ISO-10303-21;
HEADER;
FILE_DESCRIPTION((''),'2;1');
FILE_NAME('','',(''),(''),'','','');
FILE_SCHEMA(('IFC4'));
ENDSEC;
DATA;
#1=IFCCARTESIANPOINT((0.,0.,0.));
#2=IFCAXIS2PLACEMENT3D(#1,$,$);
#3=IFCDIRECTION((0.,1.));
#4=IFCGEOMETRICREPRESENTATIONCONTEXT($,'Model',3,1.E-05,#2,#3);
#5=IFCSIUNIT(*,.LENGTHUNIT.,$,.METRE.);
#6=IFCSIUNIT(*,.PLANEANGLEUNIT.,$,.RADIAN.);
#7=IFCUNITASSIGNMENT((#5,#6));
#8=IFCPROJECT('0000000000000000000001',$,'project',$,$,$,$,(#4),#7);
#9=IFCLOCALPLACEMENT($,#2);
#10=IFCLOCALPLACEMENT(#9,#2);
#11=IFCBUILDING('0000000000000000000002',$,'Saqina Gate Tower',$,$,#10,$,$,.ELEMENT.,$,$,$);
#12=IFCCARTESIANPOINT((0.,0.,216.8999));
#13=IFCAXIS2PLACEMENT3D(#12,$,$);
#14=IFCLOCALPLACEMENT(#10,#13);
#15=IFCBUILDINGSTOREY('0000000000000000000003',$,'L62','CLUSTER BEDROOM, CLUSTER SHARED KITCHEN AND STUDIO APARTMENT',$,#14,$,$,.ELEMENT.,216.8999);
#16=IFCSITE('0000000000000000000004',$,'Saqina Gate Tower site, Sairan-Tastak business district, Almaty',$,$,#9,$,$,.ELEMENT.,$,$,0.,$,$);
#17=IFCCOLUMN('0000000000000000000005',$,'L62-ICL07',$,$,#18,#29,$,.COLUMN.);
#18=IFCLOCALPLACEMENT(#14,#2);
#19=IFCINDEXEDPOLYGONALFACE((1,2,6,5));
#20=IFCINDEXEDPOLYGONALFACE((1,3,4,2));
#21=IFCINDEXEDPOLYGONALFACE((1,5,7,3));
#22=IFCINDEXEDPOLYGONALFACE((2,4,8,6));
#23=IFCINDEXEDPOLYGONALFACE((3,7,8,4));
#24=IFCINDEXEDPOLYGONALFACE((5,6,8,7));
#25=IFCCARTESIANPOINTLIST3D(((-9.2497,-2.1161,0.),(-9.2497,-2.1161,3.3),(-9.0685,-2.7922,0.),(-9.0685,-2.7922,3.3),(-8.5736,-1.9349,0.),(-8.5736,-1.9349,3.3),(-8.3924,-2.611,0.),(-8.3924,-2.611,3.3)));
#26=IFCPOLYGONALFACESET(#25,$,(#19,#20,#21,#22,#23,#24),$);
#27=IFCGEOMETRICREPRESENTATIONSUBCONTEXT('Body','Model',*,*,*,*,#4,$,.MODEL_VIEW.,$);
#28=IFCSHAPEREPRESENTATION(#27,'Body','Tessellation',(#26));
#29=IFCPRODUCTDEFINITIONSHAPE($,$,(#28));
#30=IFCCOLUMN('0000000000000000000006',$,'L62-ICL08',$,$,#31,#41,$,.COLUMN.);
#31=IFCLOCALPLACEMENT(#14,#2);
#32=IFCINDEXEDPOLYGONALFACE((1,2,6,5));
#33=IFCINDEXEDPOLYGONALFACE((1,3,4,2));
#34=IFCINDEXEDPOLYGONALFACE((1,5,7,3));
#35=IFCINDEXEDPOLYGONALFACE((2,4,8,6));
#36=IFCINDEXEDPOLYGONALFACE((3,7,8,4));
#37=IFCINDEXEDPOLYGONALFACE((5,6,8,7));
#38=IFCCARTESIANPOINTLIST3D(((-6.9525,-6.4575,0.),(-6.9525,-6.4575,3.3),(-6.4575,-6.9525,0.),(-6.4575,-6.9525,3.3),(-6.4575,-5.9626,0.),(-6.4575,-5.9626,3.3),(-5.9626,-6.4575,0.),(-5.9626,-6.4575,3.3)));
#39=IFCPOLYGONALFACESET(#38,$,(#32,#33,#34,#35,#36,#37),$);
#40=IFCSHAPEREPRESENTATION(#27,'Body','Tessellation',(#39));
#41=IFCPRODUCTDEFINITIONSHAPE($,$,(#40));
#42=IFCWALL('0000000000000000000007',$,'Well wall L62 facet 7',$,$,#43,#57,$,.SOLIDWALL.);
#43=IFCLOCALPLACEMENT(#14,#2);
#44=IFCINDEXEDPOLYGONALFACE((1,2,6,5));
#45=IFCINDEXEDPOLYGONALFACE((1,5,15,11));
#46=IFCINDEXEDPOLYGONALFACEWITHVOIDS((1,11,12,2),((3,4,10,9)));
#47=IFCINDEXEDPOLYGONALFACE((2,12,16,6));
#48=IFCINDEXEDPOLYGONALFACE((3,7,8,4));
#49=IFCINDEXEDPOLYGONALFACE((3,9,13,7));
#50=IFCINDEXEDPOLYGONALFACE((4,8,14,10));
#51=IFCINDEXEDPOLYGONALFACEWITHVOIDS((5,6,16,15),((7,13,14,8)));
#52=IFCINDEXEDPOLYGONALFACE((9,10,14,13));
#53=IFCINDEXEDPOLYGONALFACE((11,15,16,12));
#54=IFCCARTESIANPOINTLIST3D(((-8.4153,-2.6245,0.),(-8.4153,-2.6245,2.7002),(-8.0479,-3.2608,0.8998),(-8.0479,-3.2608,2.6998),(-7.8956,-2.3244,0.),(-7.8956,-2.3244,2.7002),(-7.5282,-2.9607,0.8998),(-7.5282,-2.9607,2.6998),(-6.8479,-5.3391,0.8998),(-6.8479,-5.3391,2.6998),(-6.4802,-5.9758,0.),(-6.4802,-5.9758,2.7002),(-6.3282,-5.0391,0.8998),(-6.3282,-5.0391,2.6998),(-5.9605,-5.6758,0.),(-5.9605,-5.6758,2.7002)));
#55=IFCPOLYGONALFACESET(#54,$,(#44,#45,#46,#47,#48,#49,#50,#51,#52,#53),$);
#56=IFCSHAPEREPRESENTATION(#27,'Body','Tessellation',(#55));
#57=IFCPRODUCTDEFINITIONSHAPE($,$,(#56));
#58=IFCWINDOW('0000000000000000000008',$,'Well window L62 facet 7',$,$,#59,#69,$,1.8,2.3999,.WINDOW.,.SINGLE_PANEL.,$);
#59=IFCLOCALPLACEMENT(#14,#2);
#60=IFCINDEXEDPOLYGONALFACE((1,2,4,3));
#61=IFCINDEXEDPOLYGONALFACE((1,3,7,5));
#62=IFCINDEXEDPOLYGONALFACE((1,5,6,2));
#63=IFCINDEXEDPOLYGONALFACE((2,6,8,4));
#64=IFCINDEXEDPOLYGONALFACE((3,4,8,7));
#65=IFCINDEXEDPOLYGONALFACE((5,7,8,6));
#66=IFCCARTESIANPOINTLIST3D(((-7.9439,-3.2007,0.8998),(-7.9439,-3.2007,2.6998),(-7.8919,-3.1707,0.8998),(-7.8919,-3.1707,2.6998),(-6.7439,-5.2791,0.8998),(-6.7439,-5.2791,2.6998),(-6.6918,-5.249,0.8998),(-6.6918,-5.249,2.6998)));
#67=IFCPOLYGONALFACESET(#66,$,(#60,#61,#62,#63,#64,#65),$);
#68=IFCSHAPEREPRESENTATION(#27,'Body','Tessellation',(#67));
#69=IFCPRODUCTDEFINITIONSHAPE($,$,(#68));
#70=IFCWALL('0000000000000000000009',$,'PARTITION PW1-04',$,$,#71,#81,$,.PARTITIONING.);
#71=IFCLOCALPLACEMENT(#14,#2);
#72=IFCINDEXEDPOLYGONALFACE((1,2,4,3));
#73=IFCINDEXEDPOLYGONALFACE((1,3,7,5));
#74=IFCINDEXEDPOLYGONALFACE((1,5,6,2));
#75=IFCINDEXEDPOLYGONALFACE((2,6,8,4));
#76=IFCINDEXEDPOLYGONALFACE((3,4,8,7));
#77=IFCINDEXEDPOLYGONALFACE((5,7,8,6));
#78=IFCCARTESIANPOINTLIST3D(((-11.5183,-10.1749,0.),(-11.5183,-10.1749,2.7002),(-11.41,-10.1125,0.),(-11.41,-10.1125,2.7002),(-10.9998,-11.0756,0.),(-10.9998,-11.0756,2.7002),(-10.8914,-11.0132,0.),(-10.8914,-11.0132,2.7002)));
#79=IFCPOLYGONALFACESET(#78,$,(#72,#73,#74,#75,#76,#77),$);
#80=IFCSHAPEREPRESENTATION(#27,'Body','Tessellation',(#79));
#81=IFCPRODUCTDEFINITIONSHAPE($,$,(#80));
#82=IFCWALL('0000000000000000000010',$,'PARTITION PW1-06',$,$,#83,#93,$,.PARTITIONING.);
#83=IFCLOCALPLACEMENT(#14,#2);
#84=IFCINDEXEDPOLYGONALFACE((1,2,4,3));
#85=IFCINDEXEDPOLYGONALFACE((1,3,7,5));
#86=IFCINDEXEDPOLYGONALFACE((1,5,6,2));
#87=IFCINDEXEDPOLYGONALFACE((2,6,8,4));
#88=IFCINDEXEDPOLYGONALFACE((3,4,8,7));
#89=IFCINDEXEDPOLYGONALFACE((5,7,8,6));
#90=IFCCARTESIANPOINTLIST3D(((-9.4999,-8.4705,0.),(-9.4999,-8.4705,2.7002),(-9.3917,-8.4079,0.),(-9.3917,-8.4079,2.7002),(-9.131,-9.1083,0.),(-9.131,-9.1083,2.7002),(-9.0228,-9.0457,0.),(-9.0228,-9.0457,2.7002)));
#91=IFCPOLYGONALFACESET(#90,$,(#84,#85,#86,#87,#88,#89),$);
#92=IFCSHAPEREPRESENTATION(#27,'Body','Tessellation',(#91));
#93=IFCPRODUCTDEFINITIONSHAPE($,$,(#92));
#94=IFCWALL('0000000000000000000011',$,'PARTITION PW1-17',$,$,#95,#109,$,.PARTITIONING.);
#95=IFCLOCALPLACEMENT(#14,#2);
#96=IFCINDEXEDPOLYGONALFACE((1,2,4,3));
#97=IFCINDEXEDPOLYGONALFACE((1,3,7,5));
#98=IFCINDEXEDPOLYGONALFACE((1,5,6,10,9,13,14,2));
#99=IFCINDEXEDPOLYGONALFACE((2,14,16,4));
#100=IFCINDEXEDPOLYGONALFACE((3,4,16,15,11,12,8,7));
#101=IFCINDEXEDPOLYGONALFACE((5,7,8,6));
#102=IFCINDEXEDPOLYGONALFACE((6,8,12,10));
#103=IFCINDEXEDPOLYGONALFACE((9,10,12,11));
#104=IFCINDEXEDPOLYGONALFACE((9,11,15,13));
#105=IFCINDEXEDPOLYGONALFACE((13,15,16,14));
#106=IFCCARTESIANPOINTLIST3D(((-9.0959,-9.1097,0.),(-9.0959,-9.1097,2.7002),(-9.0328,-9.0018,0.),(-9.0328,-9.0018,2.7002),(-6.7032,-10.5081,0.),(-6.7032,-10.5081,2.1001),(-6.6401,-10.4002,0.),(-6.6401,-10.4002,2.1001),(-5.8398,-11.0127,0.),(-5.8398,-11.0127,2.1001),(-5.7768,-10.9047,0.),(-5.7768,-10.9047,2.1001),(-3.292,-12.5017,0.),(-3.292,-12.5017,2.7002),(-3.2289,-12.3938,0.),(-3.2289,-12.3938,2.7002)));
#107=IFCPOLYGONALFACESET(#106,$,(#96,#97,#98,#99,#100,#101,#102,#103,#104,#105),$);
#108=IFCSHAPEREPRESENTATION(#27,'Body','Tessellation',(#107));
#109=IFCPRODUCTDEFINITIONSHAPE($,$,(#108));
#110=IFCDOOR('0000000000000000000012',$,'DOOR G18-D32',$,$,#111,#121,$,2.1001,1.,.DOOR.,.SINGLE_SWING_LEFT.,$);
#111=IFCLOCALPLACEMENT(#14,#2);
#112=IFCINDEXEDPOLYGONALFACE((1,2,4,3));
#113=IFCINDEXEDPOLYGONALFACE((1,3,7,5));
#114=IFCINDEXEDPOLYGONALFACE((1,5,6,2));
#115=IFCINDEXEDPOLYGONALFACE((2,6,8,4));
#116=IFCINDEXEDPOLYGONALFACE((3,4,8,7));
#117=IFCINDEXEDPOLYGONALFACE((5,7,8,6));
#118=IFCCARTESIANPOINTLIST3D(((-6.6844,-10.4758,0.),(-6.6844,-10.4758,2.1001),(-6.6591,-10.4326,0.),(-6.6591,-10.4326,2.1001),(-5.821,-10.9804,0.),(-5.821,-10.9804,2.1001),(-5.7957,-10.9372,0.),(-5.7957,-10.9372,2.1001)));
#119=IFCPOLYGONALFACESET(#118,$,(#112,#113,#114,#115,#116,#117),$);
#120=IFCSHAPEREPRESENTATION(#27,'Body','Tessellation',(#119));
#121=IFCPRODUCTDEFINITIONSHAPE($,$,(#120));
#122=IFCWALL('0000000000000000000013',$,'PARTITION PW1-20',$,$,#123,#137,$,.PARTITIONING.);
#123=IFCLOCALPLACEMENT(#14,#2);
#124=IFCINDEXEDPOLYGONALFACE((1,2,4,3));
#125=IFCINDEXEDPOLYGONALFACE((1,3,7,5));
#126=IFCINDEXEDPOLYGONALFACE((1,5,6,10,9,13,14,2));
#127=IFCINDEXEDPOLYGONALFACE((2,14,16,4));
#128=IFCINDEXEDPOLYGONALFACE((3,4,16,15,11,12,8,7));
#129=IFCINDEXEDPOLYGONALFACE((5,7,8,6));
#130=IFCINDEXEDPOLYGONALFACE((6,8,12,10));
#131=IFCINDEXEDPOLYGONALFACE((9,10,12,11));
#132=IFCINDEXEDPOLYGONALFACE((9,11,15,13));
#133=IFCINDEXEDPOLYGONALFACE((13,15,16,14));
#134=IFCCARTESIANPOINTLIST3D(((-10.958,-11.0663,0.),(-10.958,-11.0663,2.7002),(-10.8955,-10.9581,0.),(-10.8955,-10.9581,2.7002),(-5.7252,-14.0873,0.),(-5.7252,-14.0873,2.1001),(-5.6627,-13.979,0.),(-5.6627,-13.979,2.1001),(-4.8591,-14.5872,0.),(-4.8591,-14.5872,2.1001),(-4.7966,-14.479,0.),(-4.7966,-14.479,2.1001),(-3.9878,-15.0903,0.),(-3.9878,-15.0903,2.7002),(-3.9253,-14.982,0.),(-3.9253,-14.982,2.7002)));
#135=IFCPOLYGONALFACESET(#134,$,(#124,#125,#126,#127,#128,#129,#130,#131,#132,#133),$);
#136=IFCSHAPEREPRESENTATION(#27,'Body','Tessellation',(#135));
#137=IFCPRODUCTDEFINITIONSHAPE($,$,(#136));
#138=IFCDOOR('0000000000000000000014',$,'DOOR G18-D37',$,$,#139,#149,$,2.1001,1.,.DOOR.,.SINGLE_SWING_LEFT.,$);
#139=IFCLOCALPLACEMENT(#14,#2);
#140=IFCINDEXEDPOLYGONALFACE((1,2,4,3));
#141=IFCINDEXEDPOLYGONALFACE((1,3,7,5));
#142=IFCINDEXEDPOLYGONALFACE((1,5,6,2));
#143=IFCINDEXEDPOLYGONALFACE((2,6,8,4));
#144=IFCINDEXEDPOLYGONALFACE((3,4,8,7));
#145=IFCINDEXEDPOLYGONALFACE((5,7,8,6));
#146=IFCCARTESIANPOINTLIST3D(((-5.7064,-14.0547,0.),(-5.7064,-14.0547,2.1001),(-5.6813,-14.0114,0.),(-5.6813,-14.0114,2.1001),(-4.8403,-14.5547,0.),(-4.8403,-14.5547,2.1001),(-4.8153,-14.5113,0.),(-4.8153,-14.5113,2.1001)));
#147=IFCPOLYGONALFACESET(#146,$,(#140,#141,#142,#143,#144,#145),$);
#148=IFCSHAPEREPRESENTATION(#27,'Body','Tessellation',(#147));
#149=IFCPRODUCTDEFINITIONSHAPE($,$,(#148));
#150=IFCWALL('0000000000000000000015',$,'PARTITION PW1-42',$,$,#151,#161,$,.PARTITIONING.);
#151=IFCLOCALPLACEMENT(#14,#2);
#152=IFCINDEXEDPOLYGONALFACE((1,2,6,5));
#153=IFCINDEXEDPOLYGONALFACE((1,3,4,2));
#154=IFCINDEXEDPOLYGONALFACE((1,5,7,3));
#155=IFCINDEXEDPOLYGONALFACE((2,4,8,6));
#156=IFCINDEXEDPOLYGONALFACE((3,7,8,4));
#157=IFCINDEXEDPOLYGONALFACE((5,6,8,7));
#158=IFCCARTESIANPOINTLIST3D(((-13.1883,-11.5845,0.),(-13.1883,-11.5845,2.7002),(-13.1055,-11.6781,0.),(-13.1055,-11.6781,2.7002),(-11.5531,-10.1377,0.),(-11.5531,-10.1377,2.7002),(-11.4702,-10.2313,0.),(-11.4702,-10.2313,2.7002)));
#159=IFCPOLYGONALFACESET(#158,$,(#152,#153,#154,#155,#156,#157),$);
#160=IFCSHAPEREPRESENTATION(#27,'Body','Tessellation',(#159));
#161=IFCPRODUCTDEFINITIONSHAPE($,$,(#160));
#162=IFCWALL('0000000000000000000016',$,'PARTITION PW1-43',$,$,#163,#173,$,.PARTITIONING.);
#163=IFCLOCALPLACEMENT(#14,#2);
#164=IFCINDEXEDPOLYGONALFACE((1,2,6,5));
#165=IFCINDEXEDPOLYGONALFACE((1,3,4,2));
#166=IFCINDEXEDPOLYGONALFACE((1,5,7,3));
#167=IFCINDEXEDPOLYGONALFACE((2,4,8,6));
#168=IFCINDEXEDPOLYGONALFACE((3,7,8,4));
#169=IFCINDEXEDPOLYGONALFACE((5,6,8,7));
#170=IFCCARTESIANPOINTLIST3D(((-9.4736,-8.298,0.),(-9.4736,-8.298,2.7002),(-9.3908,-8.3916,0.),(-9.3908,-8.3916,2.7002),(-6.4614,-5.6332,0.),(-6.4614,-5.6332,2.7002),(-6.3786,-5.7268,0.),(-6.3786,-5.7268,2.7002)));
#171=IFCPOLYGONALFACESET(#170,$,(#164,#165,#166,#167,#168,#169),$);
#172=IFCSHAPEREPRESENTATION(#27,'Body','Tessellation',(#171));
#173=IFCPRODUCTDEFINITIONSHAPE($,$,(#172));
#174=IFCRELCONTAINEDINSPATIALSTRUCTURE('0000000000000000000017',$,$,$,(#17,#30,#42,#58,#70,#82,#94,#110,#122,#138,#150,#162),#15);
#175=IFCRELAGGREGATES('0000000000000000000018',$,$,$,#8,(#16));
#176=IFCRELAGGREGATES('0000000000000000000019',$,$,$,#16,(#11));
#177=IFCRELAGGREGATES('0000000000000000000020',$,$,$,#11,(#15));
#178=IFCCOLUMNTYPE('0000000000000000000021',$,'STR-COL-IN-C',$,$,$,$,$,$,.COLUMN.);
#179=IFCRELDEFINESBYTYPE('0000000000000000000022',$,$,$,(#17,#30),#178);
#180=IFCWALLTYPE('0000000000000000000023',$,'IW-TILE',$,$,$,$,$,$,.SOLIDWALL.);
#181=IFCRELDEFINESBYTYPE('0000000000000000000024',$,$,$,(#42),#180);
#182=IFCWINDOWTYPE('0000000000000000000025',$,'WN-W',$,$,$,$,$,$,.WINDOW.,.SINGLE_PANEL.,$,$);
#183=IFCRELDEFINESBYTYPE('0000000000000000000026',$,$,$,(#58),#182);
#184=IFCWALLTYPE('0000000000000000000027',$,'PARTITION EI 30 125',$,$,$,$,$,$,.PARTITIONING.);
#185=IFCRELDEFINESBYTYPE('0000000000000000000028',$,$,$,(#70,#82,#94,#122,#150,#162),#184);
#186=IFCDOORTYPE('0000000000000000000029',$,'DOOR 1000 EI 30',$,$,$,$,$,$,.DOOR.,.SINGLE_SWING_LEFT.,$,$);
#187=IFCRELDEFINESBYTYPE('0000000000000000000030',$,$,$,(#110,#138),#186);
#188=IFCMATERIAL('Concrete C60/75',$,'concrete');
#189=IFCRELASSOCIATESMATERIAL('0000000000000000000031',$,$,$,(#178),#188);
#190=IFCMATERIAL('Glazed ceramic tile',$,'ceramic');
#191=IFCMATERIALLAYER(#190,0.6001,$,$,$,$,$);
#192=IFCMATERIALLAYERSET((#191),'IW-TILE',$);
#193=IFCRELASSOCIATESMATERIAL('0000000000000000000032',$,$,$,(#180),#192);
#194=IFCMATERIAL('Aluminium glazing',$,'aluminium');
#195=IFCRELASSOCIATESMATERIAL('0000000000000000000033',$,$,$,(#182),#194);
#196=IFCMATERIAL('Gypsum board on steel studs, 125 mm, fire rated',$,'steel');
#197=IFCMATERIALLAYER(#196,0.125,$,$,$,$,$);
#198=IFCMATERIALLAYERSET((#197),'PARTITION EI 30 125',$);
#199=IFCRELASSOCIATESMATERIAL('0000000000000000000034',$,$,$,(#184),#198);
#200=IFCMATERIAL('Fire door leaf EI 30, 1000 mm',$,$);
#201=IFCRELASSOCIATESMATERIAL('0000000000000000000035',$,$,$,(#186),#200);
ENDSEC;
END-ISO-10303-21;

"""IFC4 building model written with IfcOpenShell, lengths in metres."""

from ifc_helpers import new_model, si_unit, direction, frame, frame_2d, origin, origin_2d, place, context, subcontext, project, spatial, rectangle, extrude, material, layer, layer_set, material_profile, profile_set, type_object, element, fill, save


model = new_model("IFC4")

# Units and contexts
model_context = context("Model", 3, precision=1e-05, world=origin(), true_north=direction((0.0, 1.0)))
body_context = subcontext(model_context, "Body", "Model", "MODEL_VIEW")
ifc_project = project(units=[si_unit("LENGTHUNIT", "METRE"), si_unit("PLANEANGLEUNIT", "RADIAN")], contexts=[model_context])

# Site, building, storey
site_placement = place(None, origin())
site = spatial("IfcSite", under=ifc_project, at=site_placement, Name="Saqina Gate Tower site, Sairan-Tastak business district, Almaty", CompositionType="ELEMENT", RefElevation=0.0)
building_placement = place(site_placement, origin())
building = spatial("IfcBuilding", under=site, at=building_placement, Name="Saqina Gate Tower", CompositionType="ELEMENT")
storey_placement = place(building_placement, frame((0.0, 0.0, 216.8999)))
storey = spatial("IfcBuildingStorey", under=building, at=storey_placement, Name="L62", Description="CLUSTER BEDROOM, CLUSTER SHARED KITCHEN AND STUDIO APARTMENT", CompositionType="ELEMENT", Elevation=216.8999)

# Columns
ifc_material_1 = material(Name="Concrete C60/75", Category="concrete")
ifc_material_profile = material_profile(ifc_material_1, rectangle(XDim=0.7, YDim=0.7, at=origin_2d()), Name="RC 700x700")
ifc_profile_set = profile_set([ifc_material_profile], Name="Concrete C60/75")
column_type = type_object("IfcColumnType", Name="STR-COL-IN-C", PredefinedType="COLUMN", material=ifc_profile_set)
for number, where, z_axis, x_axis, name in (
    (1, (-8.821, -2.3635, 0.0), (0.0, 0.0, 1.0), (-0.965926, -0.258819, 0.0), "L62-ICL07"),
    (2, (-6.4575, -6.4575, 0.0), (0.0, 0.0, 1.0), (-0.707107, -0.707107, 0.0), "L62-ICL08"),
):
    element("IfcColumn", number, at=place(storey_placement, frame(where, z_axis=z_axis, x_axis=x_axis)), inside=storey, type_object=column_type, Name=name, PredefinedType="COLUMN", context=body_context, shape_type="SweptSolid", body=[
        extrude(rectangle(XDim=0.7, YDim=0.7, at=origin_2d()), origin(), (0.0, 0.0, 1.0), 3.3),
    ])

# Wall, opening, window
ifc_material_2 = material(Name="Glazed ceramic tile", Category="ceramic")
ifc_layer_1 = layer(ifc_material_2, 0.6001)
ifc_layer_set_1 = layer_set([ifc_layer_1], Name="IW-TILE")
wall_type_1 = type_object("IfcWallType", Name="IW-TILE", PredefinedType="SOLIDWALL", material=ifc_layer_set_1)
wall_1_placement = place(storey_placement, frame((-8.1555, -2.4744, 0.0), z_axis=(0.0, 0.0, 1.0), x_axis=(0.500034, -0.866006, 0.0)))
wall_1 = element("IfcWall", 3, at=wall_1_placement, inside=storey, type_object=wall_type_1, Name="Well wall L62 facet 7", PredefinedType="SOLIDWALL", context=body_context, shape_type="SweptSolid", body=[
    extrude(rectangle(XDim=3.8699, YDim=0.6001, at=frame_2d((1.9351, 0.0))), origin(), (0.0, 0.0, 1.0), 2.7002),
])
opening_1_placement = place(wall_1_placement, frame((0.7349, 0.0, 0.8999)))
opening_1 = element("IfcOpeningElement", 4, at=opening_1_placement, cuts=wall_1, PredefinedType="OPENING", context=body_context, shape_type="SweptSolid", body=[
    extrude(rectangle(XDim=2.3999, YDim=1.8, at=frame_2d((1.2, 0.8999))), frame((0.0, 0.312, 0.0), z_axis=(0.0, -1.0, 0.0), x_axis=(1.0, 0.0, 0.0)), (0.0, 0.0, 1.0), 0.624),
])
ifc_material_3 = material(Name="Aluminium glazing", Category="aluminium")
window_type = type_object("IfcWindowType", Name="WN-W", PartitioningType="SINGLE_PANEL", PredefinedType="WINDOW", material=ifc_material_3)
window_placement = place(opening_1_placement, origin())
window = element("IfcWindow", 5, at=window_placement, inside=storey, type_object=window_type, Name="Well window L62 facet 7", OverallHeight=1.8, OverallWidth=2.3999, PartitioningType="SINGLE_PANEL", PredefinedType="WINDOW", context=body_context, shape_type="SweptSolid", body=[
    extrude(rectangle(XDim=2.3999, YDim=1.8, at=frame_2d((1.2, 0.8999))), frame((0.0, -0.1199, 0.0), z_axis=(0.0, -1.0, 0.0), x_axis=(1.0, 0.0, 0.0)), (0.0, 0.0, 1.0), 0.0601),
])
fill(opening_1, window)

# Walls
ifc_material_4 = material(Name="Gypsum board on steel studs, 125 mm, fire rated", Category="steel")
ifc_layer_2 = layer(ifc_material_4, 0.125)
ifc_layer_set_2 = layer_set([ifc_layer_2], Name="PARTITION EI 30 125")
wall_type_2 = type_object("IfcWallType", Name="PARTITION EI 30 125", PredefinedType="PARTITIONING", material=ifc_layer_set_2)
wall_2_placement = place(storey_placement, frame((-11.4641, -10.1438, 0.0), z_axis=(0.0, 0.0, 1.0), x_axis=(0.49897, -0.866619, 0.0)))
element("IfcWall", 6, at=wall_2_placement, inside=storey, type_object=wall_type_2, Name="PARTITION PW1-04", PredefinedType="PARTITIONING", context=body_context, shape_type="SweptSolid", body=[
    extrude(rectangle(XDim=1.0393, YDim=0.125, at=frame_2d((0.5195, 0.0))), origin(), (0.0, 0.0, 1.0), 2.7002),
])
wall_3_placement = place(storey_placement, frame((-9.4458, -8.4392, 0.0), z_axis=(0.0, 0.0, 1.0), x_axis=(0.500736, -0.8656, 0.0)))
element("IfcWall", 7, at=wall_3_placement, inside=storey, type_object=wall_type_2, Name="PARTITION PW1-06", PredefinedType="PARTITIONING", context=body_context, shape_type="SweptSolid", body=[
    extrude(rectangle(XDim=0.7368, YDim=0.125, at=frame_2d((0.3684, 0.0))), origin(), (0.0, 0.0, 1.0), 2.7002),
])

# Walls, openings, doors
wall_4_placement = place(storey_placement, frame((-9.0645, -9.0557, 0.0), z_axis=(0.0, 0.0, 1.0), x_axis=(0.863361, -0.504587, 0.0)))
wall_4 = element("IfcWall", 8, at=wall_4_placement, inside=storey, type_object=wall_type_2, Name="PARTITION PW1-17", PredefinedType="PARTITIONING", context=body_context, shape_type="SweptSolid", body=[
    extrude(rectangle(XDim=6.7224, YDim=0.125, at=frame_2d((3.3613, 0.0))), origin(), (0.0, 0.0, 1.0), 2.7002),
])
opening_2_placement = place(wall_4_placement, frame((2.7715, 0.0, 0.0)))
opening_2 = element("IfcOpeningElement", 9, at=opening_2_placement, cuts=wall_4, PredefinedType="OPENING", context=body_context, shape_type="SweptSolid", body=[
    extrude(rectangle(XDim=1.0, YDim=2.1001, at=frame_2d((0.5, 1.05))), frame((0.0, 0.0745, 0.0), z_axis=(0.0, -1.0, 0.0), x_axis=(1.0, 0.0, 0.0)), (0.0, 0.0, 1.0), 0.1489),
])
ifc_material_5 = material(Name="Fire door leaf EI 30, 1000 mm")
door_type_1 = type_object("IfcDoorType", Name="DOOR 1000 EI 30", OperationType="SINGLE_SWING_LEFT", PredefinedType="DOOR", material=ifc_material_5)
door_1_placement = place(opening_2_placement, origin())
door_1 = element("IfcDoor", 10, at=door_1_placement, inside=storey, type_object=door_type_1, Name="DOOR G18-D32", OperationType="SINGLE_SWING_LEFT", OverallHeight=2.1001, OverallWidth=1.0, PredefinedType="DOOR", context=body_context, shape_type="SweptSolid", body=[
    extrude(rectangle(XDim=1.0, YDim=2.1001, at=frame_2d((0.5, 1.05))), frame((0.0, 0.0249, 0.0), z_axis=(0.0, -1.0, 0.0), x_axis=(1.0, 0.0, 0.0)), (0.0, 0.0, 1.0), 0.05),
])
fill(opening_2, door_1)
wall_5_placement = place(storey_placement, frame((-10.9268, -11.0122, 0.0), z_axis=(0.0, 0.0, 1.0), x_axis=(0.866043, -0.499969, 0.0)))
wall_5 = element("IfcWall", 11, at=wall_5_placement, inside=storey, type_object=wall_type_2, Name="PARTITION PW1-20", PredefinedType="PARTITIONING", context=body_context, shape_type="SweptSolid", body=[
    extrude(rectangle(XDim=8.0483, YDim=0.125, at=frame_2d((4.0242, 0.0))), origin(), (0.0, 0.0, 1.0), 2.7002),
])
opening_3_placement = place(wall_5_placement, frame((6.0422, 0.0, 0.0)))
opening_3 = element("IfcOpeningElement", 12, at=opening_3_placement, cuts=wall_5, PredefinedType="OPENING", context=body_context, shape_type="SweptSolid", body=[
    extrude(rectangle(XDim=1.0, YDim=2.1001, at=frame_2d((0.5, 1.05))), frame((0.0, 0.0745, 0.0), z_axis=(0.0, -1.0, 0.0), x_axis=(1.0, 0.0, 0.0)), (0.0, 0.0, 1.0), 0.1489),
])
door_2_placement = place(opening_3_placement, frame((1.0, 0.0, 0.0), z_axis=(0.0, 0.0, 1.0), x_axis=(-1.0, 0.0, 0.0)))
door_2 = element("IfcDoor", 13, at=door_2_placement, inside=storey, type_object=door_type_1, Name="DOOR G18-D37", OperationType="SINGLE_SWING_LEFT", OverallHeight=2.1001, OverallWidth=1.0, PredefinedType="DOOR", context=body_context, shape_type="SweptSolid", body=[
    extrude(rectangle(XDim=1.0, YDim=2.1001, at=frame_2d((0.5, 1.05))), frame((0.0, 0.0249, 0.0), z_axis=(0.0, -1.0, 0.0), x_axis=(1.0, 0.0, 0.0)), (0.0, 0.0, 1.0), 0.05),
])
fill(opening_3, door_2)

# Walls
wall_6_placement = place(storey_placement, frame((-13.147, -11.6313, 0.0), z_axis=(0.0, 0.0, 1.0), x_axis=(0.74895, 0.662627, 0.0)))
element("IfcWall", 14, at=wall_6_placement, inside=storey, type_object=wall_type_2, Name="PARTITION PW1-42", PredefinedType="PARTITIONING", context=body_context, shape_type="SweptSolid", body=[
    extrude(rectangle(XDim=2.1833, YDim=0.125, at=frame_2d((1.0918, 0.0))), origin(), (0.0, 0.0, 1.0), 2.7002),
])
wall_7_placement = place(storey_placement, frame((-9.4321, -8.3447, 0.0), z_axis=(0.0, 0.0, 1.0), x_axis=(0.748978, 0.662595, 0.0)))
element("IfcWall", 15, at=wall_7_placement, inside=storey, type_object=wall_type_2, Name="PARTITION PW1-43", PredefinedType="PARTITIONING", context=body_context, shape_type="SweptSolid", body=[
    extrude(rectangle(XDim=4.0217, YDim=0.125, at=frame_2d((2.0107, 0.0))), origin(), (0.0, 0.0, 1.0), 2.7002),
])

save(model, "model.ifc")
